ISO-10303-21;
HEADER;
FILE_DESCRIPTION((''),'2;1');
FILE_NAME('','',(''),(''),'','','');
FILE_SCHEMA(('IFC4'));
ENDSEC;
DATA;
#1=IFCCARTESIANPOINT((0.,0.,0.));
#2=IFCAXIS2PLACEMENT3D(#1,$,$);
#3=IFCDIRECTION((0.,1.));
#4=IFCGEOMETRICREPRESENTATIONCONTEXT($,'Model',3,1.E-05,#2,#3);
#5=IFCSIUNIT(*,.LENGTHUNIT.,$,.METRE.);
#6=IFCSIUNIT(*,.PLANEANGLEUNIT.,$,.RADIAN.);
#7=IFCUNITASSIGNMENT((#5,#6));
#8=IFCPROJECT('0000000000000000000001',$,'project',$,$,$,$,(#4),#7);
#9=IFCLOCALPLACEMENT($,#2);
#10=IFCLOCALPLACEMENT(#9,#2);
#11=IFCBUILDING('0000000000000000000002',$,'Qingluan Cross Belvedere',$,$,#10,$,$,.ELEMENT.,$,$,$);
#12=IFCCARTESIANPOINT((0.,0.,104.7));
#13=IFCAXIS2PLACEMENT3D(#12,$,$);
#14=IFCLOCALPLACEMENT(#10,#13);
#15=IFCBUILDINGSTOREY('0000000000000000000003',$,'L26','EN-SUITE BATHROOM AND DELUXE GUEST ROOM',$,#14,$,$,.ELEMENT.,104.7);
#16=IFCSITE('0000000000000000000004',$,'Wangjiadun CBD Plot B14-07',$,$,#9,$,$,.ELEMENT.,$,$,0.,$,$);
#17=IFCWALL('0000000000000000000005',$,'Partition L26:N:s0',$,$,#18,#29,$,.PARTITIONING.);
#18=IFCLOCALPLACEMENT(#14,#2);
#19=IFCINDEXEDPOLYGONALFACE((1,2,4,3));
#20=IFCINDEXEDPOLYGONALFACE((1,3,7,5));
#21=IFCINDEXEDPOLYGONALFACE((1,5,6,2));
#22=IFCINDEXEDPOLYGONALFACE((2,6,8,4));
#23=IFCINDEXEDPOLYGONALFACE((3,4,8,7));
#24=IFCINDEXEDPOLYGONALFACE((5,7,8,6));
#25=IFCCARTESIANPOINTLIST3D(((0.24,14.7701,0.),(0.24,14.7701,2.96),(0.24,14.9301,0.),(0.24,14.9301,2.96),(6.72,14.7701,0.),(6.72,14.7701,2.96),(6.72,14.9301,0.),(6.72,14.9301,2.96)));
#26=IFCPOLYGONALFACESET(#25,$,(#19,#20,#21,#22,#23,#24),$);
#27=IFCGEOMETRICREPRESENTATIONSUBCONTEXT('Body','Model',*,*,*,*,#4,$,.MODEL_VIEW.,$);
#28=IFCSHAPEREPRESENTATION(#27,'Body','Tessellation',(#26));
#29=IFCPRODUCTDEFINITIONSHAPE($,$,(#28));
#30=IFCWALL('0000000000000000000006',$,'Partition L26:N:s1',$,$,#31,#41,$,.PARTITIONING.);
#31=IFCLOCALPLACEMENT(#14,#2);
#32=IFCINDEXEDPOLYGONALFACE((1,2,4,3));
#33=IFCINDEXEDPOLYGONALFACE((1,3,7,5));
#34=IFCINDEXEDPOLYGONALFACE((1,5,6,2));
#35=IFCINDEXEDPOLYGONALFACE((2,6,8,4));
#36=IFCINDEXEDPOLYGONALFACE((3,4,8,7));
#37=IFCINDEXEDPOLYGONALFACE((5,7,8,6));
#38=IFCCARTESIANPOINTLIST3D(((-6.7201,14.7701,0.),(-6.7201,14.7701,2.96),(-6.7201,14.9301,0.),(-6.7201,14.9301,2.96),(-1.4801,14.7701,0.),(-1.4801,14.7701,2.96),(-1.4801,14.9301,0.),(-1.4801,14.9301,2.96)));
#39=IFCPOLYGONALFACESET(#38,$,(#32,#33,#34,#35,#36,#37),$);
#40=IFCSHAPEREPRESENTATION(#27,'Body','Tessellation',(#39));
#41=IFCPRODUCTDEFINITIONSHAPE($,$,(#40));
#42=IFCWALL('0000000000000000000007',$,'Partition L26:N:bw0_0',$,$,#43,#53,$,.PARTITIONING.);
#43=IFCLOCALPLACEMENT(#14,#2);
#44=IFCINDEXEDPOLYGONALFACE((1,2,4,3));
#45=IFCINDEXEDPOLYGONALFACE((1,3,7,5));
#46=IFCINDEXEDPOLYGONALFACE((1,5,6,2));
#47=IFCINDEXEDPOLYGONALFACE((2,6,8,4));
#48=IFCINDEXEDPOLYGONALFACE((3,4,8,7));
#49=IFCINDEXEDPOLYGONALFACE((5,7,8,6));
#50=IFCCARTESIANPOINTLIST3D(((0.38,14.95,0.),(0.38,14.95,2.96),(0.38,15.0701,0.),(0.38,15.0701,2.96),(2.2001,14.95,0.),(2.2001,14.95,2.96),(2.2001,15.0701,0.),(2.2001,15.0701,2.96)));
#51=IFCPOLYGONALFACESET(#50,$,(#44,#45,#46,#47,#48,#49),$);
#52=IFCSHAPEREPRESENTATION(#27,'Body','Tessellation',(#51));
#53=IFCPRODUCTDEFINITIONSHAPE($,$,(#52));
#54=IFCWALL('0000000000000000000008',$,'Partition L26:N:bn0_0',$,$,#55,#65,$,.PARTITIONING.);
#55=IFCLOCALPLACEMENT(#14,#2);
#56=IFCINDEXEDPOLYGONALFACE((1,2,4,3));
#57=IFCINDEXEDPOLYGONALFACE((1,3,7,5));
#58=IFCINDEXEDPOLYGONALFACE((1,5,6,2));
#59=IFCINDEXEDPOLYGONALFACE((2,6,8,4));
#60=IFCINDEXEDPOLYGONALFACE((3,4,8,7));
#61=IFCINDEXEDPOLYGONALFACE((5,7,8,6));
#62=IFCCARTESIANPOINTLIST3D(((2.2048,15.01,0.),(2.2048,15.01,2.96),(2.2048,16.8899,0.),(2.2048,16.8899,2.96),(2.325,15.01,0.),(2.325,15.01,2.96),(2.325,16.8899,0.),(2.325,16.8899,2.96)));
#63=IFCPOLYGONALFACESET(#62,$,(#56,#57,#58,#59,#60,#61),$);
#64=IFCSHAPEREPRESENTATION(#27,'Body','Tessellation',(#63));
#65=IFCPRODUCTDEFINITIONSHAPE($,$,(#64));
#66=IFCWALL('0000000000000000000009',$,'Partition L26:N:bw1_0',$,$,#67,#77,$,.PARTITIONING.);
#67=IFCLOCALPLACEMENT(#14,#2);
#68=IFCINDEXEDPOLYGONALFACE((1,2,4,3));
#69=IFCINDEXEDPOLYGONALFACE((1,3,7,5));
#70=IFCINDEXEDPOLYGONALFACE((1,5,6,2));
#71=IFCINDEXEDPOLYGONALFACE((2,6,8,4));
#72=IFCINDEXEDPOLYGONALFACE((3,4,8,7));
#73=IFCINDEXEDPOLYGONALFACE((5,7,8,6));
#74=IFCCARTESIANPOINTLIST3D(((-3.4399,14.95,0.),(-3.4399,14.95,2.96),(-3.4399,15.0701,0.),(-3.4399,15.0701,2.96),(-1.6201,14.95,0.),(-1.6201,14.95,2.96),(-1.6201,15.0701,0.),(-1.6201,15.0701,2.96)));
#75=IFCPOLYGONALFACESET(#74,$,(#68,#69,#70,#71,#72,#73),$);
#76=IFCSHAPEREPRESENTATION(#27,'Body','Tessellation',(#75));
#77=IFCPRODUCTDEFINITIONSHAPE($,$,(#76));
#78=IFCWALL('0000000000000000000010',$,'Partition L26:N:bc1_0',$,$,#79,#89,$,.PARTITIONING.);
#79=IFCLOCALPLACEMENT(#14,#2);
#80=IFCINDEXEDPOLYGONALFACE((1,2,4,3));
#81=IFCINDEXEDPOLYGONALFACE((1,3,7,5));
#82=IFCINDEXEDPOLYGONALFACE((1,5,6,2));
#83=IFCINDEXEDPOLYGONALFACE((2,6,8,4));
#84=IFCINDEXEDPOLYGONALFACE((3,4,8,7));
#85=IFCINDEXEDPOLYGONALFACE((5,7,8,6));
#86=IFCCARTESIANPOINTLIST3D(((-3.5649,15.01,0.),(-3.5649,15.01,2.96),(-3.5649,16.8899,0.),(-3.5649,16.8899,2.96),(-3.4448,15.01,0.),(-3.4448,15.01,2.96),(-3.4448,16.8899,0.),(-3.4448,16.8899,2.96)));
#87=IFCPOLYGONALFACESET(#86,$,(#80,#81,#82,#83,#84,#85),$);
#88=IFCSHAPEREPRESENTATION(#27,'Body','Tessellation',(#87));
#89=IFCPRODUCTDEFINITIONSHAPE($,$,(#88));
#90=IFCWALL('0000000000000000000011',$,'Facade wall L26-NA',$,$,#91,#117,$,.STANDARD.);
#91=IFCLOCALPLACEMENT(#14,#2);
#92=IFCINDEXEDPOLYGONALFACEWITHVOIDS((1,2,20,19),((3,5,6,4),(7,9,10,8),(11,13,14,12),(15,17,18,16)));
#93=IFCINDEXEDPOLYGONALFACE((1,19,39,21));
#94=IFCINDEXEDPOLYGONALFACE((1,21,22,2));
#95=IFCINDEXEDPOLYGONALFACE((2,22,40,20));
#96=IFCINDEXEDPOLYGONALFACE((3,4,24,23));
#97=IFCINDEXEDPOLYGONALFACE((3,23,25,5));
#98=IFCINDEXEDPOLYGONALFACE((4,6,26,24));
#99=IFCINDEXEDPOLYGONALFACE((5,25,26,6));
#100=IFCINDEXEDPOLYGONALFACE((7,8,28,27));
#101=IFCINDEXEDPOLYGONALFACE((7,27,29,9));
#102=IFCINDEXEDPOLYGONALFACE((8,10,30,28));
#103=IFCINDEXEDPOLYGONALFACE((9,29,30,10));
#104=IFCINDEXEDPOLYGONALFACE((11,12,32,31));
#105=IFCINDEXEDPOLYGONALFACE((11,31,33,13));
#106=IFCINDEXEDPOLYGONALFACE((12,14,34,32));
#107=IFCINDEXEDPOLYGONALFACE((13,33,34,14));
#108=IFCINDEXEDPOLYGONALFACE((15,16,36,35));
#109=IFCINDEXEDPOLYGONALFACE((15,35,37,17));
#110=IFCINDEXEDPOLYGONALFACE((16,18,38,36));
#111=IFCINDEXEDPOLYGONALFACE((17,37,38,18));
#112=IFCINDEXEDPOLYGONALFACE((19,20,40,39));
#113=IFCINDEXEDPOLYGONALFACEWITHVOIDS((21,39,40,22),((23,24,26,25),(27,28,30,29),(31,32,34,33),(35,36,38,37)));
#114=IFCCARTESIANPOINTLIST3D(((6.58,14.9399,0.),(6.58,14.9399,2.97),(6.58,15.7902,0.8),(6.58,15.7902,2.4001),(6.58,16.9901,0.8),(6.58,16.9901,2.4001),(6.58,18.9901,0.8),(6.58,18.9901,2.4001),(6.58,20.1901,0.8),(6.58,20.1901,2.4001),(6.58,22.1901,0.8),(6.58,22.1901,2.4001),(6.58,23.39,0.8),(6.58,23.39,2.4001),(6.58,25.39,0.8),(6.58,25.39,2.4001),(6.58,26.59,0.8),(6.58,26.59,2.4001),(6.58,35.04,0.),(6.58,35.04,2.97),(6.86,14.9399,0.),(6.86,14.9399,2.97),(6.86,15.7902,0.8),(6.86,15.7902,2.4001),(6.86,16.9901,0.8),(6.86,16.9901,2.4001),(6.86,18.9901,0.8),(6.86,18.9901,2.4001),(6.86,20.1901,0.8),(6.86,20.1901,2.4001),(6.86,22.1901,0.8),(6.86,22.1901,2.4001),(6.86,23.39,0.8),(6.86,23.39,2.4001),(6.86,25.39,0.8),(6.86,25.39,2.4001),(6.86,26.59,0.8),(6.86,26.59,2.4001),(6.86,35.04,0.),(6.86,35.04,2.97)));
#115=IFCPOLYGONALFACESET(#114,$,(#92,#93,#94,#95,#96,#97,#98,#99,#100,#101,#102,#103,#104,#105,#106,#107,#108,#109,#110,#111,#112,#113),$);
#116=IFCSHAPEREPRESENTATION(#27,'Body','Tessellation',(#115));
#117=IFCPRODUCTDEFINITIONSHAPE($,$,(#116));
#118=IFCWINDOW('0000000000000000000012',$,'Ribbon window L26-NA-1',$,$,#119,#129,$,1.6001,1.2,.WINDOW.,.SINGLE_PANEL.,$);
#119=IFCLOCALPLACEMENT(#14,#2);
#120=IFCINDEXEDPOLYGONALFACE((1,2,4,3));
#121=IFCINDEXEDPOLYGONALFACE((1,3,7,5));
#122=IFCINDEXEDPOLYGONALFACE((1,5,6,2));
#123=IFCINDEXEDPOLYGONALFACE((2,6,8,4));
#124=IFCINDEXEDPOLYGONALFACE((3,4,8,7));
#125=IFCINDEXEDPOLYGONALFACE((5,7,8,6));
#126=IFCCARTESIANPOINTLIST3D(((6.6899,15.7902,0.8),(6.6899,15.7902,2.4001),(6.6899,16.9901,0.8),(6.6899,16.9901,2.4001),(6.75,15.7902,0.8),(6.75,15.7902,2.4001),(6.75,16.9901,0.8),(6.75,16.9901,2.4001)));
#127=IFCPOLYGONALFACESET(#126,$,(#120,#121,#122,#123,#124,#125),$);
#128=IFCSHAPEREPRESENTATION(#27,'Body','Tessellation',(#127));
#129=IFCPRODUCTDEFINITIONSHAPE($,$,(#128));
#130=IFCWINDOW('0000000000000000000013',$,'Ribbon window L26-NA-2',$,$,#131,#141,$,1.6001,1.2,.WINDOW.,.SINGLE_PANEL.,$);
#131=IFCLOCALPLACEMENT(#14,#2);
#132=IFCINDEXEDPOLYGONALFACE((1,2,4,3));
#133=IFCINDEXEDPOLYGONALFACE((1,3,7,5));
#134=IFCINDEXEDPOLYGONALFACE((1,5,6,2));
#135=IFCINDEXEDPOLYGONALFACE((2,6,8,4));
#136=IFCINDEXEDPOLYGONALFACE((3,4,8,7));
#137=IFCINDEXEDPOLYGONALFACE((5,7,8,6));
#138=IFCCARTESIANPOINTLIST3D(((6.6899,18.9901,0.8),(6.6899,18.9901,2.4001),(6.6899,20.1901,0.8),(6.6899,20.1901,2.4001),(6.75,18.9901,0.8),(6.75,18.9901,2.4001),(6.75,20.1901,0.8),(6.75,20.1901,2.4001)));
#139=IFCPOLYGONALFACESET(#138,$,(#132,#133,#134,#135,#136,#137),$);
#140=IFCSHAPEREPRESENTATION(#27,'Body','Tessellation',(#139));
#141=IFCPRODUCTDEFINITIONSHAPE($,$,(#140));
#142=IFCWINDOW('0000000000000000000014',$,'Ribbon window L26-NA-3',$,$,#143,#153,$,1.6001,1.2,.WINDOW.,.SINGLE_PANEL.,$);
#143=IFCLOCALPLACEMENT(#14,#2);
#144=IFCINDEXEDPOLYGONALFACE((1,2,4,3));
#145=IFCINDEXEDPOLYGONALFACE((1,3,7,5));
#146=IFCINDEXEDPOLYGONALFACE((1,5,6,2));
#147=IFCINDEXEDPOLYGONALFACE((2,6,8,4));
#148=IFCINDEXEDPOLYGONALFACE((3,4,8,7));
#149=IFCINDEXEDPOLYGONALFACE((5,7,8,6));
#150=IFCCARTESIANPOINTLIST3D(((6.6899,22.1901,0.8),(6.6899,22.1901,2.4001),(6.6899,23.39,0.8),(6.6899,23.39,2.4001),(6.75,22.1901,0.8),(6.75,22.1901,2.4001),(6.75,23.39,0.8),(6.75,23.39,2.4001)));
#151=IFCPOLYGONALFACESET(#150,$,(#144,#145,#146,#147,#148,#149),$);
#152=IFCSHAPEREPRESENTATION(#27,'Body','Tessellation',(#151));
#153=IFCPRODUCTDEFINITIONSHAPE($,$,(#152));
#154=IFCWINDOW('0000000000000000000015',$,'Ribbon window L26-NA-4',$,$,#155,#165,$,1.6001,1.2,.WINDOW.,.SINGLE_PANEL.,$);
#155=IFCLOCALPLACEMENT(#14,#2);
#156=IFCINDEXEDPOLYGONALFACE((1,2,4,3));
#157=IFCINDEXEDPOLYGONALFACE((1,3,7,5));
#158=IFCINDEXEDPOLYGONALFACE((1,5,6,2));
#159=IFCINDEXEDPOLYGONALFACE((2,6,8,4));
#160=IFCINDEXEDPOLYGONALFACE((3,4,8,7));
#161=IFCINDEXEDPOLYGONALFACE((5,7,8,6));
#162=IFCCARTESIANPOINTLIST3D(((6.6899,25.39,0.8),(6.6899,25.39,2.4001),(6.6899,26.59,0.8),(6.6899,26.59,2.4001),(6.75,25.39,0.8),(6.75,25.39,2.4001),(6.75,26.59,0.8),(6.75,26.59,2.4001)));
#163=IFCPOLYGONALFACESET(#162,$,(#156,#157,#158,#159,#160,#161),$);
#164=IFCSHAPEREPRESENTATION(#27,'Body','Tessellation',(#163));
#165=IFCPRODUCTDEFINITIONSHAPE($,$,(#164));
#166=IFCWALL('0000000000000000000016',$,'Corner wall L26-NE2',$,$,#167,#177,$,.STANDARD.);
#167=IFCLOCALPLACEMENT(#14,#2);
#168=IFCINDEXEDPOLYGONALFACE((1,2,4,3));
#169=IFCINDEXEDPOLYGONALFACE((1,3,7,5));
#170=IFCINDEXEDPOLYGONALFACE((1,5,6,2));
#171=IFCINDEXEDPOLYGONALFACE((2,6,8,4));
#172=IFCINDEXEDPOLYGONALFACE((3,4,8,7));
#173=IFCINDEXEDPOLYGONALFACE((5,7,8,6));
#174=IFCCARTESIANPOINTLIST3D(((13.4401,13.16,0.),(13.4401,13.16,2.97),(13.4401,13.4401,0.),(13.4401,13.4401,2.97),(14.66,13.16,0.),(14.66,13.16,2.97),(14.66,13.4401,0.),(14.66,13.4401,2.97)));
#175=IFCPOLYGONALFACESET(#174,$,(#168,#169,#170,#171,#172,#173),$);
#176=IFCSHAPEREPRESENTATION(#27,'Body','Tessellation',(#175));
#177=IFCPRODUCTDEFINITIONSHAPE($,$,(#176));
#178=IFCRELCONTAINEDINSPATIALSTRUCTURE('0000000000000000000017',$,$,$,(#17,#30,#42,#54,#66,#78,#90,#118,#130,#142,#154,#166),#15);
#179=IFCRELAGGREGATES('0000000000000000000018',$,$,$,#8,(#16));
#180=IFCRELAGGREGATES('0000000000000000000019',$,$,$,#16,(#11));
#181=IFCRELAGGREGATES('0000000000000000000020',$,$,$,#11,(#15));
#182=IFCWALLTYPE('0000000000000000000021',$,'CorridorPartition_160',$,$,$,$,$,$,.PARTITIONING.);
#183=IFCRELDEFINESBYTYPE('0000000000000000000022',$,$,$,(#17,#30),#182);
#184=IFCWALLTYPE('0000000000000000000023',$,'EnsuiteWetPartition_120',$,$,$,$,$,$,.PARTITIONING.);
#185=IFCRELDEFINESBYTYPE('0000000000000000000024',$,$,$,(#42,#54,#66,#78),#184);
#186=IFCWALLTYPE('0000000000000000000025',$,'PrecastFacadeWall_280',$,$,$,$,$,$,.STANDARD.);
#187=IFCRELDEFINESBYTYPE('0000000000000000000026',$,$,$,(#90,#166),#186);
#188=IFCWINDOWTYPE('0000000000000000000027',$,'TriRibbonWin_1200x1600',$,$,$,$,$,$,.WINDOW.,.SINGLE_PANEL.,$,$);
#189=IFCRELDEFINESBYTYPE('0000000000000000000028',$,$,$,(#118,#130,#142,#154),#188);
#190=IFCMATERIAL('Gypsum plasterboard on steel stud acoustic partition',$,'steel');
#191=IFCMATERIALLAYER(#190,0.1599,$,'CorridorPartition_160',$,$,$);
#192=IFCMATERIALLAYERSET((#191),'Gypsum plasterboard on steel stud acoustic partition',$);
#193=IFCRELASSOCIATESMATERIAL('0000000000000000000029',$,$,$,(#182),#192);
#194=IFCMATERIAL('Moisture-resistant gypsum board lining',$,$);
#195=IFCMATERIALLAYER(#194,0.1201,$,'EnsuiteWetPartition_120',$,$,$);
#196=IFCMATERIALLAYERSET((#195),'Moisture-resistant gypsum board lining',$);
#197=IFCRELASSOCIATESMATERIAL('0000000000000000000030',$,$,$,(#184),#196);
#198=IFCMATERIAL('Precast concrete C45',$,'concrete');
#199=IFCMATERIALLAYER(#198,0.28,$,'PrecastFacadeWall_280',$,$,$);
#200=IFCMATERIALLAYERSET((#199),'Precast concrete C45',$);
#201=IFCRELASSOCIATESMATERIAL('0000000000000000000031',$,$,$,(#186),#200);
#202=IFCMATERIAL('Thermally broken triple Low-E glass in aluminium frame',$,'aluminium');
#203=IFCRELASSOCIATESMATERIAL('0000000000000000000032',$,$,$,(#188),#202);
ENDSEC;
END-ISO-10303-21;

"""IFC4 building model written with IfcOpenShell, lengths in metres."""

from ifc_helpers import new_model, si_unit, direction, frame, frame_2d, origin, place, context, subcontext, project, spatial, rectangle, extrude, material, layer, layer_set, type_object, element, fill, save


model = new_model("IFC4")

# Units and contexts
model_context = context("Model", 3, precision=1e-05, world=origin(), true_north=direction((0.0, 1.0)))
body_context = subcontext(model_context, "Body", "Model", "MODEL_VIEW")
ifc_project = project(units=[si_unit("LENGTHUNIT", "METRE"), si_unit("PLANEANGLEUNIT", "RADIAN")], contexts=[model_context])

# Site, building, storey
site_placement = place(None, origin())
site = spatial("IfcSite", under=ifc_project, at=site_placement, Name="Wangjiadun CBD Plot B14-07", CompositionType="ELEMENT", RefElevation=0.0)
building_placement = place(site_placement, origin())
building = spatial("IfcBuilding", under=site, at=building_placement, Name="Qingluan Cross Belvedere", CompositionType="ELEMENT")
storey_placement = place(building_placement, frame((0.0, 0.0, 104.7)))
storey = spatial("IfcBuildingStorey", under=building, at=storey_placement, Name="L26", Description="EN-SUITE BATHROOM AND DELUXE GUEST ROOM", CompositionType="ELEMENT", Elevation=104.7)

# Shared definitions
ifc_material_1 = material(Name="Gypsum plasterboard on steel stud acoustic partition", Category="steel")
ifc_layer_1 = layer(ifc_material_1, 0.1599, Name="CorridorPartition_160")
ifc_layer_set_1 = layer_set([ifc_layer_1], Name="Gypsum plasterboard on steel stud acoustic partition")
wall_type_1 = type_object("IfcWallType", Name="CorridorPartition_160", PredefinedType="PARTITIONING", material=ifc_layer_set_1)

# Wall
wall_1_placement = place(storey_placement, frame((0.24, 14.8501, 0.0), z_axis=(0.0, 0.0, 1.0), x_axis=(1.0, 0.0, 0.0)))
element("IfcWall", 1, at=wall_1_placement, inside=storey, type_object=wall_type_1, Name="Partition L26:N:s0", PredefinedType="PARTITIONING", context=body_context, shape_type="SweptSolid", body=[
    extrude(rectangle(XDim=6.48, YDim=0.1599, at=frame_2d((3.24, 0.0))), origin(), (0.0, 0.0, 1.0), 2.96),
])

# Walls
wall_2_placement = place(storey_placement, frame((-1.48, 14.8501, 0.0), z_axis=(0.0, 0.0, 1.0), x_axis=(-1.0, 0.0, 0.0)))
element("IfcWall", 2, at=wall_2_placement, inside=storey, type_object=wall_type_1, Name="Partition L26:N:s1", PredefinedType="PARTITIONING", context=body_context, shape_type="SweptSolid", body=[
    extrude(rectangle(XDim=5.24, YDim=0.1599, at=frame_2d((2.6201, 0.0))), origin(), (0.0, 0.0, 1.0), 2.96),
])
ifc_material_2 = material(Name="Moisture-resistant gypsum board lining")
ifc_layer_2 = layer(ifc_material_2, 0.1201, Name="EnsuiteWetPartition_120")
ifc_layer_set_2 = layer_set([ifc_layer_2], Name="Moisture-resistant gypsum board lining")
wall_type_2 = type_object("IfcWallType", Name="EnsuiteWetPartition_120", PredefinedType="PARTITIONING", material=ifc_layer_set_2)
wall_3_placement = place(storey_placement, frame((0.3799, 15.01, 0.0), z_axis=(0.0, 0.0, 1.0), x_axis=(1.0, 0.0, 0.0)))
element("IfcWall", 3, at=wall_3_placement, inside=storey, type_object=wall_type_2, Name="Partition L26:N:bw0_0", PredefinedType="PARTITIONING", context=body_context, shape_type="SweptSolid", body=[
    extrude(rectangle(XDim=1.8201, YDim=0.1201, at=frame_2d((0.9102, 0.0))), origin(), (0.0, 0.0, 1.0), 2.96),
])
wall_4_placement = place(storey_placement, frame((2.2649, 15.01, 0.0), z_axis=(0.0, 0.0, 1.0), x_axis=(0.0, 1.0, 0.0)))
element("IfcWall", 4, at=wall_4_placement, inside=storey, type_object=wall_type_2, Name="Partition L26:N:bn0_0", PredefinedType="PARTITIONING", context=body_context, shape_type="SweptSolid", body=[
    extrude(rectangle(XDim=1.8799, YDim=0.1201, at=frame_2d((0.9399, 0.0))), origin(), (0.0, 0.0, 1.0), 2.96),
])
wall_5_placement = place(storey_placement, frame((-3.4399, 15.01, 0.0), z_axis=(0.0, 0.0, 1.0), x_axis=(1.0, 0.0, 0.0)))
element("IfcWall", 5, at=wall_5_placement, inside=storey, type_object=wall_type_2, Name="Partition L26:N:bw1_0", PredefinedType="PARTITIONING", context=body_context, shape_type="SweptSolid", body=[
    extrude(rectangle(XDim=1.8198, YDim=0.1201, at=frame_2d((0.9099, 0.0))), origin(), (0.0, 0.0, 1.0), 2.96),
])
wall_6_placement = place(storey_placement, frame((-3.5049, 15.01, 0.0), z_axis=(0.0, 0.0, 1.0), x_axis=(0.0, 1.0, 0.0)))
element("IfcWall", 6, at=wall_6_placement, inside=storey, type_object=wall_type_2, Name="Partition L26:N:bc1_0", PredefinedType="PARTITIONING", context=body_context, shape_type="SweptSolid", body=[
    extrude(rectangle(XDim=1.8799, YDim=0.1201, at=frame_2d((0.9399, 0.0))), origin(), (0.0, 0.0, 1.0), 2.96),
])

# Wall, openings, windows
ifc_material_3 = material(Name="Precast concrete C45", Category="concrete")
ifc_layer_3 = layer(ifc_material_3, 0.28, Name="PrecastFacadeWall_280")
ifc_layer_set_3 = layer_set([ifc_layer_3], Name="Precast concrete C45")
wall_type_3 = type_object("IfcWallType", Name="PrecastFacadeWall_280", PredefinedType="STANDARD", material=ifc_layer_set_3)
wall_7_placement = place(storey_placement, frame((6.72, 14.9399, 0.0), z_axis=(0.0, 0.0, 1.0), x_axis=(0.0, 1.0, 0.0)))
wall_7 = element("IfcWall", 7, at=wall_7_placement, inside=storey, type_object=wall_type_3, Name="Facade wall L26-NA", PredefinedType="STANDARD", context=body_context, shape_type="SweptSolid", body=[
    extrude(rectangle(XDim=20.1001, YDim=0.28, at=frame_2d((10.05, 0.0))), origin(), (0.0, 0.0, 1.0), 2.97),
])
opening_1_placement = place(wall_7_placement, frame((0.8501, 0.0, 0.8)))
opening_1 = element("IfcOpeningElement", 8, at=opening_1_placement, cuts=wall_7, PredefinedType="OPENING", context=body_context, shape_type="SweptSolid", body=[
    extrude(rectangle(XDim=1.2, YDim=1.6001, at=frame_2d((0.6001, 0.8))), frame((0.0, 0.1499, 0.0), z_axis=(0.0, -1.0, 0.0), x_axis=(1.0, 0.0, 0.0)), (0.0, 0.0, 1.0), 0.3),
])
opening_2_placement = place(wall_7_placement, frame((4.05, 0.0, 0.8)))
opening_2 = element("IfcOpeningElement", 9, at=opening_2_placement, cuts=wall_7, PredefinedType="OPENING", context=body_context, shape_type="SweptSolid", body=[
    extrude(rectangle(XDim=1.2, YDim=1.6001, at=frame_2d((0.6001, 0.8))), frame((0.0, 0.1499, 0.0), z_axis=(0.0, -1.0, 0.0), x_axis=(1.0, 0.0, 0.0)), (0.0, 0.0, 1.0), 0.3),
])
opening_3_placement = place(wall_7_placement, frame((7.25, 0.0, 0.8)))
opening_3 = element("IfcOpeningElement", 10, at=opening_3_placement, cuts=wall_7, PredefinedType="OPENING", context=body_context, shape_type="SweptSolid", body=[
    extrude(rectangle(XDim=1.2, YDim=1.6001, at=frame_2d((0.6001, 0.8))), frame((0.0, 0.1499, 0.0), z_axis=(0.0, -1.0, 0.0), x_axis=(1.0, 0.0, 0.0)), (0.0, 0.0, 1.0), 0.3),
])
opening_4_placement = place(wall_7_placement, frame((10.45, 0.0, 0.8)))
opening_4 = element("IfcOpeningElement", 11, at=opening_4_placement, cuts=wall_7, PredefinedType="OPENING", context=body_context, shape_type="SweptSolid", body=[
    extrude(rectangle(XDim=1.2, YDim=1.6001, at=frame_2d((0.6001, 0.8))), frame((0.0, 0.1499, 0.0), z_axis=(0.0, -1.0, 0.0), x_axis=(1.0, 0.0, 0.0)), (0.0, 0.0, 1.0), 0.3),
])
ifc_material_4 = material(Name="Thermally broken triple Low-E glass in aluminium frame", Category="aluminium")
window_type = type_object("IfcWindowType", Name="TriRibbonWin_1200x1600", PartitioningType="SINGLE_PANEL", PredefinedType="WINDOW", material=ifc_material_4)
window_1_placement = place(opening_1_placement, origin())
window_1 = element("IfcWindow", 12, at=window_1_placement, inside=storey, type_object=window_type, Name="Ribbon window L26-NA-1", OverallHeight=1.6001, OverallWidth=1.2, PartitioningType="SINGLE_PANEL", PredefinedType="WINDOW", context=body_context, shape_type="SweptSolid", body=[
    extrude(rectangle(XDim=1.2, YDim=1.6001, at=frame_2d((0.6001, 0.8))), frame((0.0, 0.03, 0.0), z_axis=(0.0, -1.0, 0.0), x_axis=(1.0, 0.0, 0.0)), (0.0, 0.0, 1.0), 0.0601),
])
fill(opening_1, window_1)
window_2_placement = place(opening_2_placement, origin())
window_2 = element("IfcWindow", 13, at=window_2_placement, inside=storey, type_object=window_type, Name="Ribbon window L26-NA-2", OverallHeight=1.6001, OverallWidth=1.2, PartitioningType="SINGLE_PANEL", PredefinedType="WINDOW", context=body_context, shape_type="SweptSolid", body=[
    extrude(rectangle(XDim=1.2, YDim=1.6001, at=frame_2d((0.6001, 0.8))), frame((0.0, 0.03, 0.0), z_axis=(0.0, -1.0, 0.0), x_axis=(1.0, 0.0, 0.0)), (0.0, 0.0, 1.0), 0.0601),
])
fill(opening_2, window_2)
window_3_placement = place(opening_3_placement, origin())
window_3 = element("IfcWindow", 14, at=window_3_placement, inside=storey, type_object=window_type, Name="Ribbon window L26-NA-3", OverallHeight=1.6001, OverallWidth=1.2, PartitioningType="SINGLE_PANEL", PredefinedType="WINDOW", context=body_context, shape_type="SweptSolid", body=[
    extrude(rectangle(XDim=1.2, YDim=1.6001, at=frame_2d((0.6001, 0.8))), frame((0.0, 0.03, 0.0), z_axis=(0.0, -1.0, 0.0), x_axis=(1.0, 0.0, 0.0)), (0.0, 0.0, 1.0), 0.0601),
])
fill(opening_3, window_3)
window_4_placement = place(opening_4_placement, origin())
window_4 = element("IfcWindow", 15, at=window_4_placement, inside=storey, type_object=window_type, Name="Ribbon window L26-NA-4", OverallHeight=1.6001, OverallWidth=1.2, PartitioningType="SINGLE_PANEL", PredefinedType="WINDOW", context=body_context, shape_type="SweptSolid", body=[
    extrude(rectangle(XDim=1.2, YDim=1.6001, at=frame_2d((0.6001, 0.8))), frame((0.0, 0.03, 0.0), z_axis=(0.0, -1.0, 0.0), x_axis=(1.0, 0.0, 0.0)), (0.0, 0.0, 1.0), 0.0601),
])
fill(opening_4, window_4)

# Wall
wall_8_placement = place(storey_placement, frame((14.6599, 13.3, 0.0), z_axis=(0.0, 0.0, 1.0), x_axis=(-1.0, 0.0, 0.0)))
element("IfcWall", 16, at=wall_8_placement, inside=storey, type_object=wall_type_3, Name="Corner wall L26-NE2", PredefinedType="STANDARD", context=body_context, shape_type="SweptSolid", body=[
    extrude(rectangle(XDim=1.22, YDim=0.28, at=frame_2d((0.6099, 0.0))), origin(), (0.0, 0.0, 1.0), 2.97),
])

save(model, "model.ifc")
